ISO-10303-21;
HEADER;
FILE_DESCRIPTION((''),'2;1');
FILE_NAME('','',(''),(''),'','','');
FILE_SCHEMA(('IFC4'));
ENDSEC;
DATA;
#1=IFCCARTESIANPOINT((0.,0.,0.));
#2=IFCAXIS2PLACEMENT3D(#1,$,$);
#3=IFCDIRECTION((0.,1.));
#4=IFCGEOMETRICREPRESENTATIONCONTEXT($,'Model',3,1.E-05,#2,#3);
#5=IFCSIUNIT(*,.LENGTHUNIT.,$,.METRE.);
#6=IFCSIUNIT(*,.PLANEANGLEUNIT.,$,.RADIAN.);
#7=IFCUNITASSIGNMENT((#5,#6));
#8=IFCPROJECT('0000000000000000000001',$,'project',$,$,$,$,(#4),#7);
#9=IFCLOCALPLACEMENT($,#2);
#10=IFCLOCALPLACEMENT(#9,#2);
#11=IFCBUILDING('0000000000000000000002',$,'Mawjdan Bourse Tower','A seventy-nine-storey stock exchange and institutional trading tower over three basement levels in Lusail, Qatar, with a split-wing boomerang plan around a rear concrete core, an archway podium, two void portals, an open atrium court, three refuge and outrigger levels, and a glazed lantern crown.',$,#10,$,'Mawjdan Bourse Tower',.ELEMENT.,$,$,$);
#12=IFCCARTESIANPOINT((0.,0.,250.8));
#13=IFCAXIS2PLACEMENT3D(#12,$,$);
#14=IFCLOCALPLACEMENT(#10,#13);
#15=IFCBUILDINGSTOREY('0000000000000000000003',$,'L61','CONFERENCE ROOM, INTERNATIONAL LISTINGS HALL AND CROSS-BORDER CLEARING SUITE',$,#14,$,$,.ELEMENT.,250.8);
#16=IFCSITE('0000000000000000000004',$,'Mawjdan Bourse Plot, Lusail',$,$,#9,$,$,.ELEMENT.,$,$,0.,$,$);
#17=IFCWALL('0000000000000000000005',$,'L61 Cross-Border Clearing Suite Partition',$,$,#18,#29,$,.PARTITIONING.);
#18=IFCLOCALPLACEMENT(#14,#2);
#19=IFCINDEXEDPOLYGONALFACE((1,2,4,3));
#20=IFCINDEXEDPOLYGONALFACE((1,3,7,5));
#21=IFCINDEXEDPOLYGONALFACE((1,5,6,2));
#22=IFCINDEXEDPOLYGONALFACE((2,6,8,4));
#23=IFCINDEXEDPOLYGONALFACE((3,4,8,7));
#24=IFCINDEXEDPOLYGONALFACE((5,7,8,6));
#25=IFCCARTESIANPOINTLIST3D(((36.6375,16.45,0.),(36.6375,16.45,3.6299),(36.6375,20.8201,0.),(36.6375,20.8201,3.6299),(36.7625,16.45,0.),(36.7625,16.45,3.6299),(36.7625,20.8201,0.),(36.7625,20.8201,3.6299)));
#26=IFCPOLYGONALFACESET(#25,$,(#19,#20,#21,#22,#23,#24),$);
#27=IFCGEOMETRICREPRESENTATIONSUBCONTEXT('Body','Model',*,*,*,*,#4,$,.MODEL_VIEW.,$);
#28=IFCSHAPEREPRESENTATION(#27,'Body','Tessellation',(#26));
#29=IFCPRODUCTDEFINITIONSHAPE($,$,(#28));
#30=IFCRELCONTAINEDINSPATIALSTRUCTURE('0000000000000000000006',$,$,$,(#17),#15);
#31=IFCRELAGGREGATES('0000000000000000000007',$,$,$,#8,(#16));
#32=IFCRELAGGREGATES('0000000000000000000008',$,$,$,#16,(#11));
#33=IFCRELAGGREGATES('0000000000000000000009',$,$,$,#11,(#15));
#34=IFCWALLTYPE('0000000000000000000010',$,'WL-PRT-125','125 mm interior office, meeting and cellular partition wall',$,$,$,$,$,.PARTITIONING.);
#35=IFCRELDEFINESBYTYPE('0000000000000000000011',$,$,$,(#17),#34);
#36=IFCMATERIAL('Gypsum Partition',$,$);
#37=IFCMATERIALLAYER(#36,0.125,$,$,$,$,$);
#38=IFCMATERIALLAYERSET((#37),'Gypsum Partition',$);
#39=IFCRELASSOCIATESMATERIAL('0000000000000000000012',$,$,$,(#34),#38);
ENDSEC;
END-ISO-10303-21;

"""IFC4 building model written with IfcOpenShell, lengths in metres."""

from ifc_helpers import new_model, si_unit, direction, frame, frame_2d, origin, place, context, subcontext, project, spatial, rectangle, extrude, material, layer, layer_set, type_object, element, save


model = new_model("IFC4")

# Units and contexts
model_context = context("Model", 3, precision=1e-05, world=origin(), true_north=direction((0.0, 1.0)))
body_context = subcontext(model_context, "Body", "Model", "MODEL_VIEW")
ifc_project = project(units=[si_unit("LENGTHUNIT", "METRE"), si_unit("PLANEANGLEUNIT", "RADIAN")], contexts=[model_context])

# Site, building, storey
site_placement = place(None, origin())
site = spatial("IfcSite", under=ifc_project, at=site_placement, Name="Mawjdan Bourse Plot, Lusail", CompositionType="ELEMENT", RefElevation=0.0)
building_placement = place(site_placement, origin())
building = spatial("IfcBuilding", under=site, at=building_placement, Name="Mawjdan Bourse Tower", Description="A seventy-nine-storey stock exchange and institutional trading tower over three basement levels in Lusail, Qatar, with a split-wing boomerang plan around a rear concrete core, an archway podium, two void portals, an open atrium court, three refuge and outrigger levels, and a glazed lantern crown.", LongName="Mawjdan Bourse Tower", CompositionType="ELEMENT")
storey_placement = place(building_placement, frame((0.0, 0.0, 250.8)))
storey = spatial("IfcBuildingStorey", under=building, at=storey_placement, Name="L61", Description="CONFERENCE ROOM, INTERNATIONAL LISTINGS HALL AND CROSS-BORDER CLEARING SUITE", CompositionType="ELEMENT", Elevation=250.8)

# Wall
ifc_material_1 = material(Name="Gypsum Partition")
ifc_layer_1 = layer(ifc_material_1, 0.125)
ifc_layer_set_1 = layer_set([ifc_layer_1], Name="Gypsum Partition")
wall_type_1 = type_object("IfcWallType", Name="WL-PRT-125", Description="125 mm interior office, meeting and cellular partition wall", PredefinedType="PARTITIONING", material=ifc_layer_set_1)
wall_1_placement = place(storey_placement, frame((36.7, 16.45, 0.0), z_axis=(0.0, 0.0, 1.0), x_axis=(0.0, 1.0, 0.0)))
element("IfcWall", 1, at=wall_1_placement, inside=storey, type_object=wall_type_1, Name="L61 Cross-Border Clearing Suite Partition", PredefinedType="PARTITIONING", context=body_context, shape_type="SweptSolid", body=[
    extrude(rectangle(XDim=4.3701, YDim=0.125, at=frame_2d((2.1851, 0.0))), origin(), (0.0, 0.0, 1.0), 3.6299),
])

save(model, "model.ifc")
